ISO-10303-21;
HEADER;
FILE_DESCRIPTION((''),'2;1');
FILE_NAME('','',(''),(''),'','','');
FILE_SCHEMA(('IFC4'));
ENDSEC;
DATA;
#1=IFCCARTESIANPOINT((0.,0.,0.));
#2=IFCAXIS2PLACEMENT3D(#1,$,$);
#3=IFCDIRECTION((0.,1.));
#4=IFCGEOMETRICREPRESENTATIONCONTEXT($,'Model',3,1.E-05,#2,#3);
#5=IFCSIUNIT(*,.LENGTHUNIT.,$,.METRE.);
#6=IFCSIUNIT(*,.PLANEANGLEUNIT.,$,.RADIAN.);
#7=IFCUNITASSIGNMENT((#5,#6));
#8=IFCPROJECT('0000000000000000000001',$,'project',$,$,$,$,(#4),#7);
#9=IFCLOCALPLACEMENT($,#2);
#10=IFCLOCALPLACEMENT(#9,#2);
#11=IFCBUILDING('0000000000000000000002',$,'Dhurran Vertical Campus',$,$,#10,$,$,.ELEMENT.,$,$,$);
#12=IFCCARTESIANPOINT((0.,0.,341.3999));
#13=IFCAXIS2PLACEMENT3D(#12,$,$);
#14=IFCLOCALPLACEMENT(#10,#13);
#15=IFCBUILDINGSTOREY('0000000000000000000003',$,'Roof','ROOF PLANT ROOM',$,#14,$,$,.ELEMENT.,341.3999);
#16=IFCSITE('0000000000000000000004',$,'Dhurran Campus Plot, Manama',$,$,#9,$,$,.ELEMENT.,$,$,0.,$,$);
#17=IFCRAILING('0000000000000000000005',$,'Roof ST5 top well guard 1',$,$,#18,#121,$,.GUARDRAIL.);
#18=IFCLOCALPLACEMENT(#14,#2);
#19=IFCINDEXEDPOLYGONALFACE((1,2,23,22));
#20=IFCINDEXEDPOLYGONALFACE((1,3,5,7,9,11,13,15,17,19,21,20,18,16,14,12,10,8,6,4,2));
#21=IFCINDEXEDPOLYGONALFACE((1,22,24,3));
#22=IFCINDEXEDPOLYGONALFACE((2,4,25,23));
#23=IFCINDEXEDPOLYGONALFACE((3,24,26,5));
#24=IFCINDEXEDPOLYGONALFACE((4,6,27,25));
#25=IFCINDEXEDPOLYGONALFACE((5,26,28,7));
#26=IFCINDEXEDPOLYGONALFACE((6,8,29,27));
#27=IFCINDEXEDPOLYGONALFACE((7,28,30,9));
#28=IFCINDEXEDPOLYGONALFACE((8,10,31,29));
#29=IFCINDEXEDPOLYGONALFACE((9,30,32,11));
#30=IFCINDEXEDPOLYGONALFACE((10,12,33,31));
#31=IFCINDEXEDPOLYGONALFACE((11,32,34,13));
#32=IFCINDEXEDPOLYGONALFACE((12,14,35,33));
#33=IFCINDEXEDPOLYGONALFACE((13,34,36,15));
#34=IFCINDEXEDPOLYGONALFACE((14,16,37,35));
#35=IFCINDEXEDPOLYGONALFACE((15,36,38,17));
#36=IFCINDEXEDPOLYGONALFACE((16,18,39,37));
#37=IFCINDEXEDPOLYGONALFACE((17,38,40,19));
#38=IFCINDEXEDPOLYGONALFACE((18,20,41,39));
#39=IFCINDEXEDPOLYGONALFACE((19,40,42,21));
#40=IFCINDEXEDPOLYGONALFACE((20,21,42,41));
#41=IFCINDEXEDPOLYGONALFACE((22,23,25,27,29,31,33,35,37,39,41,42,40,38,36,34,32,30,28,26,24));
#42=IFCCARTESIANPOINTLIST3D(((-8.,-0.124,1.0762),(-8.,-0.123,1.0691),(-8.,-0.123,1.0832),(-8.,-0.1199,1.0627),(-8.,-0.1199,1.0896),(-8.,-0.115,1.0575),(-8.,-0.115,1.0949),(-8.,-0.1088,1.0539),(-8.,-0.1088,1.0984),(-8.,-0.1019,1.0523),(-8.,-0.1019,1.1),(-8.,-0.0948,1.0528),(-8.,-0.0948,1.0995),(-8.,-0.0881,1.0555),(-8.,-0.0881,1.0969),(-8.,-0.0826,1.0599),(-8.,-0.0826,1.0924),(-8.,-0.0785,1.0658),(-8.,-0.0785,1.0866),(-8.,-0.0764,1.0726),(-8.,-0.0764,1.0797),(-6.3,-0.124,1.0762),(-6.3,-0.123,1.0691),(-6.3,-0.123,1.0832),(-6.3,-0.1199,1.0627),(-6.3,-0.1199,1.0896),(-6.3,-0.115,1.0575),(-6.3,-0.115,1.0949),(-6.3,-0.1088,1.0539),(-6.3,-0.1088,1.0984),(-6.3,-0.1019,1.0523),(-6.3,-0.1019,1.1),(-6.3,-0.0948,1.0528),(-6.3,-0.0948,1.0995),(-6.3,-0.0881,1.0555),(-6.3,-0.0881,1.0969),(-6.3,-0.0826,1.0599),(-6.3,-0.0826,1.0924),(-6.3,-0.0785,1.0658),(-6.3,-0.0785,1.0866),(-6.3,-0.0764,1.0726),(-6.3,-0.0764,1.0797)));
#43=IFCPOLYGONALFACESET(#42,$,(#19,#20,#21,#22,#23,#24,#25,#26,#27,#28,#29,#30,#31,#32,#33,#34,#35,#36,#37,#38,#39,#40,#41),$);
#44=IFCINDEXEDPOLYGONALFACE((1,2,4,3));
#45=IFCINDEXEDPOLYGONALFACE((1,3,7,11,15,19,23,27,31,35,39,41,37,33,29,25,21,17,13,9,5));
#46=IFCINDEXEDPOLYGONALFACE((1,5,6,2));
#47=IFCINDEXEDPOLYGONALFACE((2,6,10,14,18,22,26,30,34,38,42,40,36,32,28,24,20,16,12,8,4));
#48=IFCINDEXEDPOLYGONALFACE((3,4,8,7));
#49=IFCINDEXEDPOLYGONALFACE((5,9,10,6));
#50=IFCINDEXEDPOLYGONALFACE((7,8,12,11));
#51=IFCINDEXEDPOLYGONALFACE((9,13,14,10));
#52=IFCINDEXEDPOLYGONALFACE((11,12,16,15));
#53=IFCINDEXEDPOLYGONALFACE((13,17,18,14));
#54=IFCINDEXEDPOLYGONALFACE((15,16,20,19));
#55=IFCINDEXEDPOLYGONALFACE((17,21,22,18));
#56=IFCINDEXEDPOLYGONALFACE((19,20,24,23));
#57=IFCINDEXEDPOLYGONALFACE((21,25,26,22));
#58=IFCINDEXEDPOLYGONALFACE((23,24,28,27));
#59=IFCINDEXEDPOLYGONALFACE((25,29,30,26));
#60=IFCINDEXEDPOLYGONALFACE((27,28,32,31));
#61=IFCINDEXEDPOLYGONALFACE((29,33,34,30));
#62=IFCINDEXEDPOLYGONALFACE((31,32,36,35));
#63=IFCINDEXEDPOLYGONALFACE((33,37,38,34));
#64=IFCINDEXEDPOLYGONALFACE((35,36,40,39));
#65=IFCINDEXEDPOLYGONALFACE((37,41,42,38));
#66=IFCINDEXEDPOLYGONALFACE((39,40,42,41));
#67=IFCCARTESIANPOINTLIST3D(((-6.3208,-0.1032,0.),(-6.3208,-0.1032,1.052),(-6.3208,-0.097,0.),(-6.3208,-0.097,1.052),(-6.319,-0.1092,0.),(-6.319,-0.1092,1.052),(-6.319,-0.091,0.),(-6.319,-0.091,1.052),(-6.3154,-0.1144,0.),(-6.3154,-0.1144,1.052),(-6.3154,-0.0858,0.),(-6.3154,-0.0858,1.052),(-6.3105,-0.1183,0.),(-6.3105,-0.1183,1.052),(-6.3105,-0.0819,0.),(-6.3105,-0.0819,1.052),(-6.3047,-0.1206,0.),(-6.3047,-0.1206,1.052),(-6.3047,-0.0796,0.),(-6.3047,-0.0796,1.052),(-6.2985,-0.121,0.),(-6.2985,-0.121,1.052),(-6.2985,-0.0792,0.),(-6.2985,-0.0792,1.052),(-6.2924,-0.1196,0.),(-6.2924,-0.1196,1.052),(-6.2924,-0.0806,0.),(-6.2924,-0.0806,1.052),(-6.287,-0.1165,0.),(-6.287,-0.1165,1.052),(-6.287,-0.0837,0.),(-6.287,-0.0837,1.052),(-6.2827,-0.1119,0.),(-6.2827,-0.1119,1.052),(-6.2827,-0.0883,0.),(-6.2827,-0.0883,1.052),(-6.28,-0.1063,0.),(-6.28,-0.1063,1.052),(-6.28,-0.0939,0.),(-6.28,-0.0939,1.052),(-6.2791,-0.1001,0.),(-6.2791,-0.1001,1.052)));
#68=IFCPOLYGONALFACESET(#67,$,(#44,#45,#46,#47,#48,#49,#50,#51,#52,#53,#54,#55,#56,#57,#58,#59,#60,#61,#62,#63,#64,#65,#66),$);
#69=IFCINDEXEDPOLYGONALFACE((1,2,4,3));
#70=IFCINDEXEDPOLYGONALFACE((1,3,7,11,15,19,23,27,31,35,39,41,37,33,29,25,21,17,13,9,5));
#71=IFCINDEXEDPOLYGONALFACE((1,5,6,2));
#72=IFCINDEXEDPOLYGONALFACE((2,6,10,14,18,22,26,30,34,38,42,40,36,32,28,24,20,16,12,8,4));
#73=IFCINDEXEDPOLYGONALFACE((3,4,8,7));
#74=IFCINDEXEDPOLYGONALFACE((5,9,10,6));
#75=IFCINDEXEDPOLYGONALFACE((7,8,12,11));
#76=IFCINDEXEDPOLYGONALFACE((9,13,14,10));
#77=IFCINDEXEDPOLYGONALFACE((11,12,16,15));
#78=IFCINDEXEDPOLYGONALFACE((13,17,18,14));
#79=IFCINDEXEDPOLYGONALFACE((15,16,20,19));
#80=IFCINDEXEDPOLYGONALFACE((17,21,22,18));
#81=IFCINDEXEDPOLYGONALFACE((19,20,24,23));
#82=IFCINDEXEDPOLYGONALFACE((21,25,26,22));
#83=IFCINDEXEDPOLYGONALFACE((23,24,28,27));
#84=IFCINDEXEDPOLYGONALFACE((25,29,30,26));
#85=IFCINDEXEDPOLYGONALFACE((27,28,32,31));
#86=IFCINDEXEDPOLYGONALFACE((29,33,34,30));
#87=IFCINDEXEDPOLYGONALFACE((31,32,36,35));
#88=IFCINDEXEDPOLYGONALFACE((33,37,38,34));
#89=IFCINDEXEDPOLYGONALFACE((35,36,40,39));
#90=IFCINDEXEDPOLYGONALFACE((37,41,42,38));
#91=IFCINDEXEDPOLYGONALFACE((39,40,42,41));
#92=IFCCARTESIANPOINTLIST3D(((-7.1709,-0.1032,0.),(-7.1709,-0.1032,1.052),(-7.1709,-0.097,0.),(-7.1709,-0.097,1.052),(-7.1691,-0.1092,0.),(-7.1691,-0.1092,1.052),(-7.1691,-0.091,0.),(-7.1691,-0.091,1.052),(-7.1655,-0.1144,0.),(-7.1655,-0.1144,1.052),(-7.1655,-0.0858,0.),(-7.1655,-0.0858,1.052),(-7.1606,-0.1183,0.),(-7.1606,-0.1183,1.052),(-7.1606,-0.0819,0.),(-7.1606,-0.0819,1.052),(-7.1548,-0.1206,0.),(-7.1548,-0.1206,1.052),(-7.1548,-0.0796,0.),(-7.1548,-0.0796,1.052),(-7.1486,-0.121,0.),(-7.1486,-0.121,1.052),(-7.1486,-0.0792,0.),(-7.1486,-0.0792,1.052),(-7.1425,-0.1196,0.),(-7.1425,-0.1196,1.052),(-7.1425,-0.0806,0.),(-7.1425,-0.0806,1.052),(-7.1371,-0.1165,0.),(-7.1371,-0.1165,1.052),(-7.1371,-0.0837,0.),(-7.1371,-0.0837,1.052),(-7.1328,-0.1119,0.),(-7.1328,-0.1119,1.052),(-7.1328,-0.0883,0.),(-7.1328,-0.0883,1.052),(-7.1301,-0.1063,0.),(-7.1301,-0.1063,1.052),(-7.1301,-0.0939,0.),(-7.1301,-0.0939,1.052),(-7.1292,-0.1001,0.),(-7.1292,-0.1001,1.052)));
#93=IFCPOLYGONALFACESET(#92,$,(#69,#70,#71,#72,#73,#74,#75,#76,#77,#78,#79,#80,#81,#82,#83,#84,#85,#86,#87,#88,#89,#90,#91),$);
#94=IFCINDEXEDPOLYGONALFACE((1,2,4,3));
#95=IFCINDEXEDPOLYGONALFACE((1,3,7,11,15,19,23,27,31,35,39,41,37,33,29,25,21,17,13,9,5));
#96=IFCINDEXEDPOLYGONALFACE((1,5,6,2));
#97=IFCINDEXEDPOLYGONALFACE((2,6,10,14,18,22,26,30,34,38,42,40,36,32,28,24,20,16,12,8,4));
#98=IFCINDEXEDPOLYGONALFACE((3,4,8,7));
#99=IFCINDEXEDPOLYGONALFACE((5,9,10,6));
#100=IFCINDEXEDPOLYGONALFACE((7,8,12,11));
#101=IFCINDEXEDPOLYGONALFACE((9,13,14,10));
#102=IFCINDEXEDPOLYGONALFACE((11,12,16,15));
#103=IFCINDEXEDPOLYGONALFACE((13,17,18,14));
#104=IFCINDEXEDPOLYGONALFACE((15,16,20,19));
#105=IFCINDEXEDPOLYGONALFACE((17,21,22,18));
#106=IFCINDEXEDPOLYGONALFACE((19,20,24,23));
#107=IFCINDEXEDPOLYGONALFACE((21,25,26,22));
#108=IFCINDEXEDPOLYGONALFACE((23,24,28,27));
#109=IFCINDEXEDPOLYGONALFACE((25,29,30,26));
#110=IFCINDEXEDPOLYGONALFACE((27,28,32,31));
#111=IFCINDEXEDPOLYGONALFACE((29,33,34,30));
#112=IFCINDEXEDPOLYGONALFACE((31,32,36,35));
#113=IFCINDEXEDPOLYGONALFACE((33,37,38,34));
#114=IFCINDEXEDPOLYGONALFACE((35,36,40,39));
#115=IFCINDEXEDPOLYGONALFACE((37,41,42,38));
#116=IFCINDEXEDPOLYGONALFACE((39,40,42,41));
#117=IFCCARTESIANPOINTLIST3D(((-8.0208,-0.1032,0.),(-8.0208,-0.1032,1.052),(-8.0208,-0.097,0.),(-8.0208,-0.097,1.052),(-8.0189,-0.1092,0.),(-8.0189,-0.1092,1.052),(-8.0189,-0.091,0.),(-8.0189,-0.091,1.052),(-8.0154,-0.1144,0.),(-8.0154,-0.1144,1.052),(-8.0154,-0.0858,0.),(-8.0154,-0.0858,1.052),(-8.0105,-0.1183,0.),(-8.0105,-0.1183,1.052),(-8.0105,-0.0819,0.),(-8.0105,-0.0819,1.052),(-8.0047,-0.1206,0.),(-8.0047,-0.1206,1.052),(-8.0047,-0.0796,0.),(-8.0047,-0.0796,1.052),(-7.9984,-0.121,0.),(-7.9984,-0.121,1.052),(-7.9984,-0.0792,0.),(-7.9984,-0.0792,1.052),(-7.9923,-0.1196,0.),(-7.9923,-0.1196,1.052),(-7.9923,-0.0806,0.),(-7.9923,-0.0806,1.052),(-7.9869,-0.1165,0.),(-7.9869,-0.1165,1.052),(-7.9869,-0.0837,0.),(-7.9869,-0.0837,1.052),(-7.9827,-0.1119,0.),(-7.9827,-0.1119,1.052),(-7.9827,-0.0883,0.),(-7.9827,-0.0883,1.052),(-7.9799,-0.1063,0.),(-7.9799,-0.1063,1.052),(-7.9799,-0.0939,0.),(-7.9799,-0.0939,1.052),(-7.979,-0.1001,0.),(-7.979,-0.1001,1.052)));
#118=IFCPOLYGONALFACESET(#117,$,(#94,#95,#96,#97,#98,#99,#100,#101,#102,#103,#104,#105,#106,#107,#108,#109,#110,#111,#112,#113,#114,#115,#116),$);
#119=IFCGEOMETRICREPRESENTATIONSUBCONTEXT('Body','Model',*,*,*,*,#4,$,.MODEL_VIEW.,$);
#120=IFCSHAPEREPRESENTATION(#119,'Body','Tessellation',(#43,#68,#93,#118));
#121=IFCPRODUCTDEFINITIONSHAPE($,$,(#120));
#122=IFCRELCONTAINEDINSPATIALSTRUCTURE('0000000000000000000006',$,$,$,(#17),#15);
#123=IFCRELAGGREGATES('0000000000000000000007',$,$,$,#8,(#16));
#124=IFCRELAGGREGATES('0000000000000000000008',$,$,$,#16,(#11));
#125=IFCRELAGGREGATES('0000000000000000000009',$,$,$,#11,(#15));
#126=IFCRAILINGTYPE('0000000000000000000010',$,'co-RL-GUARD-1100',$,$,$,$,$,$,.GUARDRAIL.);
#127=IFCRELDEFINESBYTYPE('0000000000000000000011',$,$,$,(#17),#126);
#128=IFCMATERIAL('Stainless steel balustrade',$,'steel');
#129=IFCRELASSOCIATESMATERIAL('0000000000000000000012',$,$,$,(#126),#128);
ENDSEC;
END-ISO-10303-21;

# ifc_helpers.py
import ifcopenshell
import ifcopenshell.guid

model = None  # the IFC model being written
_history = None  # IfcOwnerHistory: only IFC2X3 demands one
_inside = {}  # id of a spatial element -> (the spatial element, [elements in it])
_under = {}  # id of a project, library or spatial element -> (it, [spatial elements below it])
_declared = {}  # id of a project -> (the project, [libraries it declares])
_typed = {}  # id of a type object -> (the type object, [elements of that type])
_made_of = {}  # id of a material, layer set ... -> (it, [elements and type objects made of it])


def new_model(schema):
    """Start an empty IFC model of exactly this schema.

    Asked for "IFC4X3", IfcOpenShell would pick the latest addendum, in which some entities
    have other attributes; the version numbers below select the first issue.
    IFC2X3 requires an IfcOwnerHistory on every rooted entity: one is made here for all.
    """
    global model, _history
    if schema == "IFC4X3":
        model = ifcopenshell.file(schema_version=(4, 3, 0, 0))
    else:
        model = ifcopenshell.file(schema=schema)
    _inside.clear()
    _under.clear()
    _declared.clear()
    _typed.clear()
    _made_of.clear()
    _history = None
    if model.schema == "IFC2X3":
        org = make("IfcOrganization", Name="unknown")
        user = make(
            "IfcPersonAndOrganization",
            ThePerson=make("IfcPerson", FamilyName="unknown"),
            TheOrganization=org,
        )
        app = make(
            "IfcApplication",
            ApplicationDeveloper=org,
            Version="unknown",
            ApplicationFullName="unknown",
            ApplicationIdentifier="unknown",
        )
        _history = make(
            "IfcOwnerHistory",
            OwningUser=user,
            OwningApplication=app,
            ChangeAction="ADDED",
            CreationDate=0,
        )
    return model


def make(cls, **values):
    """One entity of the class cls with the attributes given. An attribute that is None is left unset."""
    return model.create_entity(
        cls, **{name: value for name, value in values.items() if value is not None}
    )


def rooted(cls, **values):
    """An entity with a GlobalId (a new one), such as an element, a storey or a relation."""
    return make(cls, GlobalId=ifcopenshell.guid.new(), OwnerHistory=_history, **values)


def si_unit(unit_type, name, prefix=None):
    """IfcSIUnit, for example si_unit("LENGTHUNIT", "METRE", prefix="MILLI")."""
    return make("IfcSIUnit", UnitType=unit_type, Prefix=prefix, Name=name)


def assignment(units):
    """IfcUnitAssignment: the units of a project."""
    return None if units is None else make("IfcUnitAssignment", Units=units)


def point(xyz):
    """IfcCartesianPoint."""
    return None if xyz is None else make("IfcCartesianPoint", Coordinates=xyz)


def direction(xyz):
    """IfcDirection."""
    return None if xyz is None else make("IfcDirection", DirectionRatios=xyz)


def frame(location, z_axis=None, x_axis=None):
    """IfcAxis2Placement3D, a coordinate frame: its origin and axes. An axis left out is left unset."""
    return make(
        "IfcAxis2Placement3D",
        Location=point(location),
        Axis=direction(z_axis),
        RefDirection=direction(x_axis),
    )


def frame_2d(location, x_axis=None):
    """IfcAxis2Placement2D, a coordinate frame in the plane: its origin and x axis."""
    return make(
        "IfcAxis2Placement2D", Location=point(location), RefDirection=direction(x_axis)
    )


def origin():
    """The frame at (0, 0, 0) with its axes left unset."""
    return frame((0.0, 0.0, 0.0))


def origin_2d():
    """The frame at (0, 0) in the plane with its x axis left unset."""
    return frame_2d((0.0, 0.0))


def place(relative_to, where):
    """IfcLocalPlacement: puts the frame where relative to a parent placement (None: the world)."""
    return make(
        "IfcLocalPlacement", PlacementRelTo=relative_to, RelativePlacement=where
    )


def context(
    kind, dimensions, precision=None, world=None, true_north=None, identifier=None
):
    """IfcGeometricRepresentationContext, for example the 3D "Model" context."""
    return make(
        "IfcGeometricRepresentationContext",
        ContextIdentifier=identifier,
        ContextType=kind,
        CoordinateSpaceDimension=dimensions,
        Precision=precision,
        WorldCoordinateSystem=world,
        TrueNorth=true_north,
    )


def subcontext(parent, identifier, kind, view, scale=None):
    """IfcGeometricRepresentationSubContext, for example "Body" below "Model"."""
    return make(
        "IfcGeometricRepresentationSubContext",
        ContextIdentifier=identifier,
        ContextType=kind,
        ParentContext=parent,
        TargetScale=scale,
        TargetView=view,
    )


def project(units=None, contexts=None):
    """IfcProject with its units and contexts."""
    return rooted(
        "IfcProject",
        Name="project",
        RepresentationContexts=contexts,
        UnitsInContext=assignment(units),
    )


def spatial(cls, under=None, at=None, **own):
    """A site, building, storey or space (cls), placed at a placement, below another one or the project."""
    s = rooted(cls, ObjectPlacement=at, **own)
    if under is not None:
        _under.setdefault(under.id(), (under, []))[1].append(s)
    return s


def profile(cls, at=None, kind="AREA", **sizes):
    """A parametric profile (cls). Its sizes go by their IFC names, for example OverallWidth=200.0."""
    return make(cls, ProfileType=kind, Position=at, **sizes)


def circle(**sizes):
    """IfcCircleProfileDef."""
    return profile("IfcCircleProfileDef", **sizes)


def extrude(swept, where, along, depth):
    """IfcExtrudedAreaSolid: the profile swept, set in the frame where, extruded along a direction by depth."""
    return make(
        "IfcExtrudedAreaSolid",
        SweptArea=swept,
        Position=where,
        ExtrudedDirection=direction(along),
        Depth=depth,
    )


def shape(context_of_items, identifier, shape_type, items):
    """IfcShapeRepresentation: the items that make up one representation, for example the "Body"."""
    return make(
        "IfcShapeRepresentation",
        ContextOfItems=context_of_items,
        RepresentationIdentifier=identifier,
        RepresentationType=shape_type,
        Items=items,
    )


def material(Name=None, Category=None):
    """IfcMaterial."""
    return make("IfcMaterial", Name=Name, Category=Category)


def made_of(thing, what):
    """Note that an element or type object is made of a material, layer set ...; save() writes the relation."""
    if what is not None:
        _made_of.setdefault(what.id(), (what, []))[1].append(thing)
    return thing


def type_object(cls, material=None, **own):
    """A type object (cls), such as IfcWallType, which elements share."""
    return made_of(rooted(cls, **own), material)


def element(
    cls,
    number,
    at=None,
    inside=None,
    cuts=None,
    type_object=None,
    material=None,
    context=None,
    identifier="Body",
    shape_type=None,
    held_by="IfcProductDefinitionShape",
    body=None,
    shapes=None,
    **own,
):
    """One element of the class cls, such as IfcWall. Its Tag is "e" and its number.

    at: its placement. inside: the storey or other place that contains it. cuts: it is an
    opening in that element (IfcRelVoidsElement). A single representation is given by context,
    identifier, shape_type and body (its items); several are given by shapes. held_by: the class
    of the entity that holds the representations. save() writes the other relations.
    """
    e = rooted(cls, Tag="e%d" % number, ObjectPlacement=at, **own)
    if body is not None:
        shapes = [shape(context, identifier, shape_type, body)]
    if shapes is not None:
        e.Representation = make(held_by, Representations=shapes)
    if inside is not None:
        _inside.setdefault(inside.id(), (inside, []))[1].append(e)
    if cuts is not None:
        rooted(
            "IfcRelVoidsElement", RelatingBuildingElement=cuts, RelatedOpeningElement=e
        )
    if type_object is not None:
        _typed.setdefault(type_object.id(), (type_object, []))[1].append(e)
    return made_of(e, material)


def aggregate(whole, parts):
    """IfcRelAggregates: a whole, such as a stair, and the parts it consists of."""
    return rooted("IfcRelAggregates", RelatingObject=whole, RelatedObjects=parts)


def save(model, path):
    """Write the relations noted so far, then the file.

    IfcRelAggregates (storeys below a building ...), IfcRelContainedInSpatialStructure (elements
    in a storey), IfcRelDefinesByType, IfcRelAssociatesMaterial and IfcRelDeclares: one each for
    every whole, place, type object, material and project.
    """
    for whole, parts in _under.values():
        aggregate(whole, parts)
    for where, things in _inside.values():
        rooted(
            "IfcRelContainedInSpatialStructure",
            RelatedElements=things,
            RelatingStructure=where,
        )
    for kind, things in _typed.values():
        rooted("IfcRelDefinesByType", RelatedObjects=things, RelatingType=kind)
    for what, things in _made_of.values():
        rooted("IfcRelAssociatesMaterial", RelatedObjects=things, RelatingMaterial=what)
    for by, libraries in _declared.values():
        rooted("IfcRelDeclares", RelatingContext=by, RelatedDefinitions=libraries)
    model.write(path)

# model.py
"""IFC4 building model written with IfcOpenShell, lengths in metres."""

from ifc_helpers import new_model, si_unit, direction, frame, origin, origin_2d, place, context, subcontext, project, spatial, circle, extrude, material, type_object, element, save


model = new_model("IFC4")

# Units and contexts
model_context = context("Model", 3, precision=1e-05, world=origin(), true_north=direction((0.0, 1.0)))
body_context = subcontext(model_context, "Body", "Model", "MODEL_VIEW")
ifc_project = project(units=[si_unit("LENGTHUNIT", "METRE"), si_unit("PLANEANGLEUNIT", "RADIAN")], contexts=[model_context])

# Site, building, storey
site_placement = place(None, origin())
site = spatial("IfcSite", under=ifc_project, at=site_placement, Name="Dhurran Campus Plot, Manama", CompositionType="ELEMENT", RefElevation=0.0)
building_placement = place(site_placement, origin())
building = spatial("IfcBuilding", under=site, at=building_placement, Name="Dhurran Vertical Campus", CompositionType="ELEMENT")
storey_placement = place(building_placement, frame((0.0, 0.0, 341.3999)))
storey = spatial("IfcBuildingStorey", under=building, at=storey_placement, Name="Roof", Description="ROOF PLANT ROOM", CompositionType="ELEMENT", Elevation=341.3999)

# Railing
ifc_material_1 = material(Name="Stainless steel balustrade", Category="steel")
railing_type = type_object("IfcRailingType", Name="co-RL-GUARD-1100", PredefinedType="GUARDRAIL", material=ifc_material_1)
railing_placement = place(storey_placement, frame((-6.3, -0.1001, 0.0)))
element("IfcRailing", 1, at=railing_placement, inside=storey, type_object=railing_type, Name="Roof ST5 top well guard 1", PredefinedType="GUARDRAIL", context=body_context, shape_type="SweptSolid", body=[
    extrude(circle(Radius=0.0239, at=origin_2d()), frame((0.0, 0.0, 1.0762), z_axis=(-1.0, 0.0, 0.0), x_axis=(0.0, -1.0, 0.0)), (0.0, 0.0, 1.0), 1.7),
    extrude(circle(Radius=0.021, at=origin_2d()), origin(), (0.0, 0.0, 1.0), 1.052),
    extrude(circle(Radius=0.021, at=origin_2d()), frame((-0.8501, 0.0, 0.0)), (0.0, 0.0, 1.0), 1.052),
    extrude(circle(Radius=0.021, at=origin_2d()), frame((-1.7, 0.0, 0.0)), (0.0, 0.0, 1.0), 1.052),
])

save(model, "model.ifc")
